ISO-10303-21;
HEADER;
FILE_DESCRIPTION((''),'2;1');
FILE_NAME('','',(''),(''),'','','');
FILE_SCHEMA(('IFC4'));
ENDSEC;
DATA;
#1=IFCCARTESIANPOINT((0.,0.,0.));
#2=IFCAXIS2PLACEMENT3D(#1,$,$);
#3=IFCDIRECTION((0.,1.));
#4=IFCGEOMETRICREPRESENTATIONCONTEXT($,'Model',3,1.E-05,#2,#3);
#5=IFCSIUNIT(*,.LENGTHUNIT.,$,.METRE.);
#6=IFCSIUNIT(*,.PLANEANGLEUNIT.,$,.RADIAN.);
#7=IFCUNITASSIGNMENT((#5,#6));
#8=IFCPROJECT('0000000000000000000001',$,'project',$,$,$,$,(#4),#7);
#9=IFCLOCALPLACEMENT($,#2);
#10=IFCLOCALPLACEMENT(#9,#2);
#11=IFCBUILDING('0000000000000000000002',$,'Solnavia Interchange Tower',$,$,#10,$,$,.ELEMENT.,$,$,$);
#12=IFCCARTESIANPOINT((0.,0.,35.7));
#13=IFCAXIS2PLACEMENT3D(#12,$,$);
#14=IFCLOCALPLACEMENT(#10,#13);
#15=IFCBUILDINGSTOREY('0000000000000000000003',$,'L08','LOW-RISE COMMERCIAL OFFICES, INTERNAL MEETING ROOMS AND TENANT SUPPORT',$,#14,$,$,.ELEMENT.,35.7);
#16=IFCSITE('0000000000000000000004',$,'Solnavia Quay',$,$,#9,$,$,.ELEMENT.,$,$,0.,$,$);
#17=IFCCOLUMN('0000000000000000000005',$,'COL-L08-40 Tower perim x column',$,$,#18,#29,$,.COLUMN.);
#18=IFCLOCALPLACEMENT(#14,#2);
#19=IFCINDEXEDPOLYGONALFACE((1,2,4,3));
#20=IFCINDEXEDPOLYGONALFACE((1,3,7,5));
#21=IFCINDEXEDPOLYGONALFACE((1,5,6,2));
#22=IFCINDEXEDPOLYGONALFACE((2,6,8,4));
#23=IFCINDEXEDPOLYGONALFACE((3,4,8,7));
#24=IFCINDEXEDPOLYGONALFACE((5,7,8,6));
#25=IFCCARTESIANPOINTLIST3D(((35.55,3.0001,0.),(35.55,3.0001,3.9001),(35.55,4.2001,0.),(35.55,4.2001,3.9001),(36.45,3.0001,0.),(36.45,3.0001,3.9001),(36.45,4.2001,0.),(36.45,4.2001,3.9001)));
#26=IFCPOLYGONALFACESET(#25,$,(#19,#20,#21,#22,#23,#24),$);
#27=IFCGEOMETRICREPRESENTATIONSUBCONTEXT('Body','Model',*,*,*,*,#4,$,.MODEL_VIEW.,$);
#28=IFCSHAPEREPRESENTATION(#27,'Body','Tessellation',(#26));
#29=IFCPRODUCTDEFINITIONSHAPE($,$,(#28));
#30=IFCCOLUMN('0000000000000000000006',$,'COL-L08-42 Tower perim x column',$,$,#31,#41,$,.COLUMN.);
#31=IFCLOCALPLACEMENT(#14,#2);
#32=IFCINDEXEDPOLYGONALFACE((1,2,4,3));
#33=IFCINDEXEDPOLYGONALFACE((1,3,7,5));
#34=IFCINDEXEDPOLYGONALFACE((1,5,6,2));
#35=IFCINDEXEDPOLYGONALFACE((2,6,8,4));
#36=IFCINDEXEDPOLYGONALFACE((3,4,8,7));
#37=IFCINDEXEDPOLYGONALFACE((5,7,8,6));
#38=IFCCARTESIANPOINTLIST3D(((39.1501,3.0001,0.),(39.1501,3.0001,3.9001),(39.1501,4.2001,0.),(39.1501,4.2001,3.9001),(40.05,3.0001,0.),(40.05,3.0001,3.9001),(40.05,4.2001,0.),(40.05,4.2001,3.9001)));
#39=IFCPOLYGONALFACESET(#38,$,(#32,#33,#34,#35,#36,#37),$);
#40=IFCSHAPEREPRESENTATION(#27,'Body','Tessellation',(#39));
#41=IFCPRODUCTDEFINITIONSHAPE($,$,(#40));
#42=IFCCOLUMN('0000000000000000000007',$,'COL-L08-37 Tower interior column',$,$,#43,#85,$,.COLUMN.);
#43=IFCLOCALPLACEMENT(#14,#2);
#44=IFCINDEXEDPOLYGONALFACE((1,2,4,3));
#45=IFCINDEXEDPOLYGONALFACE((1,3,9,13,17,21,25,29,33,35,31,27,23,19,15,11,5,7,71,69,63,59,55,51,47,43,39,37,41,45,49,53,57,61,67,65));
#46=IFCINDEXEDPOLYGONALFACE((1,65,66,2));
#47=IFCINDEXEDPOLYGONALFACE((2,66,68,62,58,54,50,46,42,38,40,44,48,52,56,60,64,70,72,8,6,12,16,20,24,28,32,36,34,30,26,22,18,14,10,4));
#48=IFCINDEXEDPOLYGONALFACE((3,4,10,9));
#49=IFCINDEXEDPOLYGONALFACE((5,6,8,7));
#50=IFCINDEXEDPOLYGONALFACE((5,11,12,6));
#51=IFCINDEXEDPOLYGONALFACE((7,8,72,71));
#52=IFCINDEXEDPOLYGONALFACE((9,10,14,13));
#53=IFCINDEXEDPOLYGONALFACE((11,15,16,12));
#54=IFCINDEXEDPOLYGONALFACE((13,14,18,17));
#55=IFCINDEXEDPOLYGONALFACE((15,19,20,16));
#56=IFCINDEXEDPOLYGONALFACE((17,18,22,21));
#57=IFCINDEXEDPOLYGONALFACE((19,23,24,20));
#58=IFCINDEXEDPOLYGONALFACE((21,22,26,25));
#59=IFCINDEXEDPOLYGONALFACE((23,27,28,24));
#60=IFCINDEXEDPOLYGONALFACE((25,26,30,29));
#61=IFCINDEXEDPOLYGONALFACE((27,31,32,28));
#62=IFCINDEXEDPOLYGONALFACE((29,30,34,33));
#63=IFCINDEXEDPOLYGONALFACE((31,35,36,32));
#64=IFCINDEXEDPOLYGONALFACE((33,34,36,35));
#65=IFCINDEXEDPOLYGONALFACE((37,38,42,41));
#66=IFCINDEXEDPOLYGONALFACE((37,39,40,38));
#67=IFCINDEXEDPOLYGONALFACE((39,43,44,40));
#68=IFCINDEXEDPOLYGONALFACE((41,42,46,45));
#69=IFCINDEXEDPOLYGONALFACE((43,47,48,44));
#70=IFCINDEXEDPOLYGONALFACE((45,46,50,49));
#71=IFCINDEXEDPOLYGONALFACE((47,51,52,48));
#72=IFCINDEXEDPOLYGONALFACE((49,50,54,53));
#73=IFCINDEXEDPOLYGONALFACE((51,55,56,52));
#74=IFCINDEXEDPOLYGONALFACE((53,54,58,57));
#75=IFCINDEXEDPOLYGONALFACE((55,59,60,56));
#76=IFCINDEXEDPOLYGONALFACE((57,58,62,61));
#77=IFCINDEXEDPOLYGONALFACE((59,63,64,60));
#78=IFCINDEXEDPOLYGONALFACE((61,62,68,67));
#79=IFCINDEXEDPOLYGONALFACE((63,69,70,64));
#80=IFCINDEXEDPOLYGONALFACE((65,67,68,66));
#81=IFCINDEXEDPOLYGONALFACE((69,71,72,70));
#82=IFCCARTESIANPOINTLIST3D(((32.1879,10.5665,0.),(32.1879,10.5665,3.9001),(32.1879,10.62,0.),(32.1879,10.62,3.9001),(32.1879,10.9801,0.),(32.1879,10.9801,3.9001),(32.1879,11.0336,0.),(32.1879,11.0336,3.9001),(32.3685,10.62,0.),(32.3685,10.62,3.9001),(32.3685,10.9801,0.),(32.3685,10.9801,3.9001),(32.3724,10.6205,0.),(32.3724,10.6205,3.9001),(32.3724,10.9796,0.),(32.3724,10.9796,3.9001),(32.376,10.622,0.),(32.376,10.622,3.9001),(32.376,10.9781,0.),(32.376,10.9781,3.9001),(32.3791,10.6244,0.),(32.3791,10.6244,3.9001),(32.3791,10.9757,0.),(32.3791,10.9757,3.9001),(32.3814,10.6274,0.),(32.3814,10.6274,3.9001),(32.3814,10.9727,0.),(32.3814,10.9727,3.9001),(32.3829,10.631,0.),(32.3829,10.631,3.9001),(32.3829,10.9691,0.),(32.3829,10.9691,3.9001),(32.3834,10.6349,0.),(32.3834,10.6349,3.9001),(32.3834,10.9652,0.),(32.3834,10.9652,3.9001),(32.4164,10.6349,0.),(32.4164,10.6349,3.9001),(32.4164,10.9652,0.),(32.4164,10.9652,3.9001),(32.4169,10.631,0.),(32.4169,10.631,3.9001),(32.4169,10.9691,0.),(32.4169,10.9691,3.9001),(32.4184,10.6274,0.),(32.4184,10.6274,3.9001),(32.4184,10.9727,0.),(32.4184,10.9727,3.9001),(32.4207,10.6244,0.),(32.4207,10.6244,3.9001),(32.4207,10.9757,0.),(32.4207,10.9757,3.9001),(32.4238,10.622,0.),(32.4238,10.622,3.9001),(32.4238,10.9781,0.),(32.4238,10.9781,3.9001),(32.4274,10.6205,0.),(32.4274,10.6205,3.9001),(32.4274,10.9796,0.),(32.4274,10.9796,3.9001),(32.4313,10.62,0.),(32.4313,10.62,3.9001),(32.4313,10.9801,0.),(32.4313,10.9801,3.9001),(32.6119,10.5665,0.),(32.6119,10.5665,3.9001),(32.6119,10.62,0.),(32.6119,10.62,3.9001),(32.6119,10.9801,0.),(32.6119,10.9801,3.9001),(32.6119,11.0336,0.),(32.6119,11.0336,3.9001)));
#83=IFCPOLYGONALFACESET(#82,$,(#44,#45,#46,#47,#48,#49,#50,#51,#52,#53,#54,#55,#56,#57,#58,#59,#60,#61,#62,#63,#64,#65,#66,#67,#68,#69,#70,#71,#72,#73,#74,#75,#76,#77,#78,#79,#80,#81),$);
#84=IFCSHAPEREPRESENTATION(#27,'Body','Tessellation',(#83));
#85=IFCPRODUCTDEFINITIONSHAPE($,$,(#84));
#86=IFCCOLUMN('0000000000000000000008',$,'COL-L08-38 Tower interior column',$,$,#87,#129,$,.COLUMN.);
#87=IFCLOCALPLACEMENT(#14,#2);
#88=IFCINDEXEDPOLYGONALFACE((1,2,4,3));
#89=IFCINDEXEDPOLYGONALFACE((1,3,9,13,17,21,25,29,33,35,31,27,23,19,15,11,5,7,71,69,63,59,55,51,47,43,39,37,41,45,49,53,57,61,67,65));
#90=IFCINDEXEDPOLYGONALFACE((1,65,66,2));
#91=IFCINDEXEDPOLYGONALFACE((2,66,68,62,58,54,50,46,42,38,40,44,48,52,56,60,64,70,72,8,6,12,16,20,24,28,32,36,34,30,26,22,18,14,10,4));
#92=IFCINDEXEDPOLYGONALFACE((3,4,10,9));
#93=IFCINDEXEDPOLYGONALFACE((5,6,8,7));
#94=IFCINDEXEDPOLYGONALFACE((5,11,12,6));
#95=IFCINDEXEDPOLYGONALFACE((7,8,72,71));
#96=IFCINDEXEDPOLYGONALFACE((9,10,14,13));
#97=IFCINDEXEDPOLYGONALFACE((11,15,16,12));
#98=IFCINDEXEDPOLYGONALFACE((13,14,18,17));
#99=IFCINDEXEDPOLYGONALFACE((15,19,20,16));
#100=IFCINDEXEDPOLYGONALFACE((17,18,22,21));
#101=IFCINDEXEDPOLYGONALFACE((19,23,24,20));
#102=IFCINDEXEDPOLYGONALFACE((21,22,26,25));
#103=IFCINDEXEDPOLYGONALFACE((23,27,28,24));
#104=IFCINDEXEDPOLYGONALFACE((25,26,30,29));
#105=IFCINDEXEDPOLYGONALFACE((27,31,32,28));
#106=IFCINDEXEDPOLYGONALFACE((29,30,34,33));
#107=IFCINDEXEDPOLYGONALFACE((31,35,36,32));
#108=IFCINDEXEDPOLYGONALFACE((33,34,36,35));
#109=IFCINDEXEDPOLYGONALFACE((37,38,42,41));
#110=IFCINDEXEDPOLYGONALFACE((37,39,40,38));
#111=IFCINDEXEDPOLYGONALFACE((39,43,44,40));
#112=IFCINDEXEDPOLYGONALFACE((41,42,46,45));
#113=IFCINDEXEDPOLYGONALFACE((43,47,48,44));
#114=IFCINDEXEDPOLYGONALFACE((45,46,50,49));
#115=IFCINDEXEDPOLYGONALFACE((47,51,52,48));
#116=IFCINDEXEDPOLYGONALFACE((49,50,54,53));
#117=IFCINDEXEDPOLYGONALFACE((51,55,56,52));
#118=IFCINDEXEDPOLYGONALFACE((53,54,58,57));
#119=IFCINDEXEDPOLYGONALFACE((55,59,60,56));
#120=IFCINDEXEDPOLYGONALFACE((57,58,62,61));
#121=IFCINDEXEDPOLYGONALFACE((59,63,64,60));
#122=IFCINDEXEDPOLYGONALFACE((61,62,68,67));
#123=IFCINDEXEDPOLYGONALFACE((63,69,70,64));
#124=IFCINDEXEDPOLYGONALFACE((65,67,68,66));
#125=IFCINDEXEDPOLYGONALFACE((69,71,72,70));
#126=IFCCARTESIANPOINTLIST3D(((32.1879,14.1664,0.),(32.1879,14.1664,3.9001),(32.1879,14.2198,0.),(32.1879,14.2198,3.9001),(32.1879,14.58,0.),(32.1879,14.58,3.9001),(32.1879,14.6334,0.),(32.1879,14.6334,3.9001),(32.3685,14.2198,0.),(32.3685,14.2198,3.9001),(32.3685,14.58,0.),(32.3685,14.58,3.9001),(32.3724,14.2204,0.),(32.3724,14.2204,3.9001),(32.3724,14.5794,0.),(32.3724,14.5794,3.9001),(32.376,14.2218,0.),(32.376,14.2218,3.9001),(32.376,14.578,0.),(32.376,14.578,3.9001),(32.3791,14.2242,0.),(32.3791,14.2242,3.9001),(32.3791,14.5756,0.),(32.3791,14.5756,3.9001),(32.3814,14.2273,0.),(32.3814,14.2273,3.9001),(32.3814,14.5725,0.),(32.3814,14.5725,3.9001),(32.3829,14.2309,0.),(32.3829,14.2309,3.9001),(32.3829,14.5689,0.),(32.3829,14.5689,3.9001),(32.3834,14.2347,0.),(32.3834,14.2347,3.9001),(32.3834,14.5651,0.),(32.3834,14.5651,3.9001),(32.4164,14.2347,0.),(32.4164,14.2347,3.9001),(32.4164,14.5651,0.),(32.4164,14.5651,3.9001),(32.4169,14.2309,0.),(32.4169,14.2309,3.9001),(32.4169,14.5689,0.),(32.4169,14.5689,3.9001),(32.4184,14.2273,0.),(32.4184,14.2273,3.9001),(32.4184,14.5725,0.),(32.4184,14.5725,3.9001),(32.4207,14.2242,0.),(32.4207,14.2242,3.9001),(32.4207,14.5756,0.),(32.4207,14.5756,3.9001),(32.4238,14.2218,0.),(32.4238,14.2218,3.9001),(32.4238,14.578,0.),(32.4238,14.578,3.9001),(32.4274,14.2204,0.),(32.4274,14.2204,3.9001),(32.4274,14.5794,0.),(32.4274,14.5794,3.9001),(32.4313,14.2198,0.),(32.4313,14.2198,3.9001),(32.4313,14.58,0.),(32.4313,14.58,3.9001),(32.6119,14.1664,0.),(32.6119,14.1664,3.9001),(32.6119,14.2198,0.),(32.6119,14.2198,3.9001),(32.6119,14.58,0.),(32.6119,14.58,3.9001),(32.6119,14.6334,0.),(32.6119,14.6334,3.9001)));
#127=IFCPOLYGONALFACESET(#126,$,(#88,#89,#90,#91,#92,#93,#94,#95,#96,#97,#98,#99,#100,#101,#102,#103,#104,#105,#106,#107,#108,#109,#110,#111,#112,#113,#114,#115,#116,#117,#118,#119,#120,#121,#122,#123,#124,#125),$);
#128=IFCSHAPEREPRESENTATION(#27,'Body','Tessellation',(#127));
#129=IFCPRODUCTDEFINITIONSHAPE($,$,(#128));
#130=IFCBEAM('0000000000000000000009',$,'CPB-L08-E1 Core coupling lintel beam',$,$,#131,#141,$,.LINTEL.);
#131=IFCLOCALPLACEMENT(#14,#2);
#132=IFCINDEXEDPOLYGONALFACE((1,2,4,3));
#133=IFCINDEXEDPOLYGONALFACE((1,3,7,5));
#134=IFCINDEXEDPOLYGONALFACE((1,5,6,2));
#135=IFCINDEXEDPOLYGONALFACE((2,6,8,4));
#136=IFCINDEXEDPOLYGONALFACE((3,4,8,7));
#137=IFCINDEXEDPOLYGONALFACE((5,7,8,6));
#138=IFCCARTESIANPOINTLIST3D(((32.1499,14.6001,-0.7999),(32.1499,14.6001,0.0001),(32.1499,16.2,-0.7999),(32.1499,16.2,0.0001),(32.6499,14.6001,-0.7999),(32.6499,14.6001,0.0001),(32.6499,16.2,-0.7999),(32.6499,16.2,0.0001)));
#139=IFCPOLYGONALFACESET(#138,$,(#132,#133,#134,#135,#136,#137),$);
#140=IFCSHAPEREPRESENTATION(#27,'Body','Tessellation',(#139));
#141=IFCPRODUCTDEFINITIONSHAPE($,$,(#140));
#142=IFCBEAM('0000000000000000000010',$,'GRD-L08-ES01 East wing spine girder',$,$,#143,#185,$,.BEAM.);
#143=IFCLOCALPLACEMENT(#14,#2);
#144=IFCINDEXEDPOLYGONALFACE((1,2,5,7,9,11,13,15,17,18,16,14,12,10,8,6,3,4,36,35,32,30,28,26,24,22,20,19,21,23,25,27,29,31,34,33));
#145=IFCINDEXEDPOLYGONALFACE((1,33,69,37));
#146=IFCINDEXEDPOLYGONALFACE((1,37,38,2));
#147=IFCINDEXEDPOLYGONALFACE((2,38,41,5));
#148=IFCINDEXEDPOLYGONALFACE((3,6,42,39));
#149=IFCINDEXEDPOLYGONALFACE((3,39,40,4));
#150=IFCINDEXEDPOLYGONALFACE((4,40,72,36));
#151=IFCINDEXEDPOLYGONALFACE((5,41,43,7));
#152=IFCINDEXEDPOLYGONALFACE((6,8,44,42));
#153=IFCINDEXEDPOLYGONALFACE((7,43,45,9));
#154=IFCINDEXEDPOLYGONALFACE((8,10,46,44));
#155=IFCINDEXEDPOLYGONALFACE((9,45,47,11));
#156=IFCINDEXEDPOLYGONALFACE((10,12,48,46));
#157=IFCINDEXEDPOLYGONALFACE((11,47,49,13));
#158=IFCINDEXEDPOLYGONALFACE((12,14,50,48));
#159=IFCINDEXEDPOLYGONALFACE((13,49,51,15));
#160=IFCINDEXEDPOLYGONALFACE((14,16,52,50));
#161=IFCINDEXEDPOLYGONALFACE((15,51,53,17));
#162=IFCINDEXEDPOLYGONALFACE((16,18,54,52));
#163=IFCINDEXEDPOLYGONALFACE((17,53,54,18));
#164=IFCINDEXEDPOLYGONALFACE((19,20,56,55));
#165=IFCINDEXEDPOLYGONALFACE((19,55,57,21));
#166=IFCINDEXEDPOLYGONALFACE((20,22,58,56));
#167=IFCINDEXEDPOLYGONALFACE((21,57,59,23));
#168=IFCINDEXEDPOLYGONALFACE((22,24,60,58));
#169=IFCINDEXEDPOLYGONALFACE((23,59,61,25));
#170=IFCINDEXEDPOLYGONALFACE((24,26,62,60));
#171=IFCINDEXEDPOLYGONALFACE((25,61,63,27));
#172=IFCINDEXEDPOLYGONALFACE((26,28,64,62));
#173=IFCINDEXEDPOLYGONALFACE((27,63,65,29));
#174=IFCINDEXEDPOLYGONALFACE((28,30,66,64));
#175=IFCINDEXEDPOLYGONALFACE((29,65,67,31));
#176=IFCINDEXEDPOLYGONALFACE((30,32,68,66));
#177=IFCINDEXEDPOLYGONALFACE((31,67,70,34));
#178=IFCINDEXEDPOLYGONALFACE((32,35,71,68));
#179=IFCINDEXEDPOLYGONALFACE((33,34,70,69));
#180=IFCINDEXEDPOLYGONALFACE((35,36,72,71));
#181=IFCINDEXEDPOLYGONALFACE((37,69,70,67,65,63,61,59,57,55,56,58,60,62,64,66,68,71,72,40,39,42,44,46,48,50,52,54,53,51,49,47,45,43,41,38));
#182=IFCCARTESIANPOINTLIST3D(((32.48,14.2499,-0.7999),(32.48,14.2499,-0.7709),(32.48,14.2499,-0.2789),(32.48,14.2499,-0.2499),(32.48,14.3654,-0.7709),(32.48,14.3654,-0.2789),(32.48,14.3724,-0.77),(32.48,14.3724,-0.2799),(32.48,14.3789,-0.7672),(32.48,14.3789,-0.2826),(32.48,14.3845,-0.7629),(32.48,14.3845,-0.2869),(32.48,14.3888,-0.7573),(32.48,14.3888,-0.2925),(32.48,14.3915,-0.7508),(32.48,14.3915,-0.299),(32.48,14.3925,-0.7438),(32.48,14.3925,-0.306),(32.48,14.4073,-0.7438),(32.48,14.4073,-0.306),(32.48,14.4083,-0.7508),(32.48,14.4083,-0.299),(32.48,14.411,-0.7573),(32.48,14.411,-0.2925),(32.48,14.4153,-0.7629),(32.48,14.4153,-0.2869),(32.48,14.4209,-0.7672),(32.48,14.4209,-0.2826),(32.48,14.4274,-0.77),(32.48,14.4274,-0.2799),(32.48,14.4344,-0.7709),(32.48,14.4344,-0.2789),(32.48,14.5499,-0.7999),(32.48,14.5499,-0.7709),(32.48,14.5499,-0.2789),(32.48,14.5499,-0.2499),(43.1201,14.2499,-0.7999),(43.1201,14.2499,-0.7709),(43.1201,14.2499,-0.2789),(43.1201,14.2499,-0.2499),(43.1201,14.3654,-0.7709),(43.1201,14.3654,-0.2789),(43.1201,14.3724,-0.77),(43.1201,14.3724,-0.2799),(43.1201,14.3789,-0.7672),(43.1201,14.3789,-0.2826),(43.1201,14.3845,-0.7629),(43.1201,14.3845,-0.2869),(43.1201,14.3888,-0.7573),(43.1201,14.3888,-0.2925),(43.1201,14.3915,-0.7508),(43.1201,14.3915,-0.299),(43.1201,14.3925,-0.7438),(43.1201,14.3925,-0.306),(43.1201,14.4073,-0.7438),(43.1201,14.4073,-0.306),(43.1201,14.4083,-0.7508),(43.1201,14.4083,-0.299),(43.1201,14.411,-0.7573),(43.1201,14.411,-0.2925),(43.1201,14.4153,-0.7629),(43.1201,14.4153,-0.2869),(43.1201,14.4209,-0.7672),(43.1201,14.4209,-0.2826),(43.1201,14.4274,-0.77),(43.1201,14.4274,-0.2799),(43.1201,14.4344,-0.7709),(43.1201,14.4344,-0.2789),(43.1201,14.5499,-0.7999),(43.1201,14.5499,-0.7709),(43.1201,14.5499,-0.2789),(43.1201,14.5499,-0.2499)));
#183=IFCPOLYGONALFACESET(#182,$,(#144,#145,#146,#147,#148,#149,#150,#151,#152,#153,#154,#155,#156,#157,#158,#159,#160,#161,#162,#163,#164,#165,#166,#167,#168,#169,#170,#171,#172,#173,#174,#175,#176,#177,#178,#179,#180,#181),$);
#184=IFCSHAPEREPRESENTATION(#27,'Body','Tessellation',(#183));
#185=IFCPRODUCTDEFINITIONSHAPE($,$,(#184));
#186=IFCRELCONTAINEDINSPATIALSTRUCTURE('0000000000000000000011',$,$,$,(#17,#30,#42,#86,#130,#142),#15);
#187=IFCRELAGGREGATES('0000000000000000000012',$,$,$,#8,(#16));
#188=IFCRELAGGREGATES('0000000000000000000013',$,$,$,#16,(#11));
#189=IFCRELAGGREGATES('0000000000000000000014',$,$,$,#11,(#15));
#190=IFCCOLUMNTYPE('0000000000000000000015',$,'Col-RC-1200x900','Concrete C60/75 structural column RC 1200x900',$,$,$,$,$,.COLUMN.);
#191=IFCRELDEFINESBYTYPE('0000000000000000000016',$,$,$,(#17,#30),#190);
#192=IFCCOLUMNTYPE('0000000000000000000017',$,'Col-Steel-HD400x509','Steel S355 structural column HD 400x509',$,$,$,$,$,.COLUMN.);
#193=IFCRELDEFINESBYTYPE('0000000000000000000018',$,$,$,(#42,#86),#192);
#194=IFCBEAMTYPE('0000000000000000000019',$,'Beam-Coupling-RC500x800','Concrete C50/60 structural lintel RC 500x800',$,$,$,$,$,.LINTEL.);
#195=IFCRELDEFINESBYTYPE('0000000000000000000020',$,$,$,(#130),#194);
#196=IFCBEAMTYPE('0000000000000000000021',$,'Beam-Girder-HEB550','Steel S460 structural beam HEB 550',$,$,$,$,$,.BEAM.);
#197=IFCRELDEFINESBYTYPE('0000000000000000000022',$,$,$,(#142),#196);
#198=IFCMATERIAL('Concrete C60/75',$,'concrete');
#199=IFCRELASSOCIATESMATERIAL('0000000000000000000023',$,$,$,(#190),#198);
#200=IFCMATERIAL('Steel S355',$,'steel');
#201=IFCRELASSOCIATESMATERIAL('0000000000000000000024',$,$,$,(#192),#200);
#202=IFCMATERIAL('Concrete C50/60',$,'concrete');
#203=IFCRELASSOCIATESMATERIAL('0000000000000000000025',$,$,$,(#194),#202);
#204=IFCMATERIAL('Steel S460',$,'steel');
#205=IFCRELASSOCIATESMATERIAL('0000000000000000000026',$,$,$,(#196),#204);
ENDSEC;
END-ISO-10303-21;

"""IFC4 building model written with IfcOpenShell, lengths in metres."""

from ifc_helpers import new_model, si_unit, direction, frame, origin, origin_2d, place, context, subcontext, project, spatial, rectangle, i_section, extrude, material, material_profile, profile_set, type_object, element, save


model = new_model("IFC4")

# Units and contexts
model_context = context("Model", 3, precision=1e-05, world=origin(), true_north=direction((0.0, 1.0)))
body_context = subcontext(model_context, "Body", "Model", "MODEL_VIEW")
ifc_project = project(units=[si_unit("LENGTHUNIT", "METRE"), si_unit("PLANEANGLEUNIT", "RADIAN")], contexts=[model_context])

# Site, building, storey
site_placement = place(None, origin())
site = spatial("IfcSite", under=ifc_project, at=site_placement, Name="Solnavia Quay", CompositionType="ELEMENT", RefElevation=0.0)
building_placement = place(site_placement, origin())
building = spatial("IfcBuilding", under=site, at=building_placement, Name="Solnavia Interchange Tower", CompositionType="ELEMENT")
storey_placement = place(building_placement, frame((0.0, 0.0, 35.7)))
storey = spatial("IfcBuildingStorey", under=building, at=storey_placement, Name="L08", Description="LOW-RISE COMMERCIAL OFFICES, INTERNAL MEETING ROOMS AND TENANT SUPPORT", CompositionType="ELEMENT", Elevation=35.7)

# Columns
ifc_material_1 = material(Name="Concrete C60/75", Category="concrete")
ifc_material_profile_1 = material_profile(ifc_material_1, rectangle(XDim=0.8999, YDim=1.2, at=origin_2d()), Name="RC 1200x900")
ifc_profile_set_1 = profile_set([ifc_material_profile_1], Name="Concrete C60/75")
column_type_1 = type_object("IfcColumnType", Name="Col-RC-1200x900", Description="Concrete C60/75 structural column RC 1200x900", PredefinedType="COLUMN", material=ifc_profile_set_1)
for number, where, z_axis, x_axis, name in (
    (1, (36.0, 3.6001, 0.0), (0.0, 0.0, 1.0), (1.0, 0.0, 0.0), "COL-L08-40 Tower perim x column"),
    (2, (39.6001, 3.6001, 0.0), (0.0, 0.0, 1.0), (1.0, 0.0, 0.0), "COL-L08-42 Tower perim x column"),
):
    element("IfcColumn", number, at=place(storey_placement, frame(where, z_axis=z_axis, x_axis=x_axis)), inside=storey, type_object=column_type_1, Name=name, PredefinedType="COLUMN", context=body_context, shape_type="SweptSolid", body=[
        extrude(rectangle(XDim=0.8999, YDim=1.2, at=origin_2d()), origin(), (0.0, 0.0, 1.0), 3.9001),
    ])
ifc_material_2 = material(Name="Steel S355", Category="steel")
ifc_material_profile_2 = material_profile(ifc_material_2, i_section(OverallWidth=0.4241, OverallDepth=0.467, WebThickness=0.033, FlangeThickness=0.0535, FilletRadius=0.0149, at=origin_2d()), Name="HD 400x509")
ifc_profile_set_2 = profile_set([ifc_material_profile_2], Name="Steel S355")
column_type_2 = type_object("IfcColumnType", Name="Col-Steel-HD400x509", Description="Steel S355 structural column HD 400x509", PredefinedType="COLUMN", material=ifc_profile_set_2)
for number, where, z_axis, x_axis, name in (
    (3, (32.3999, 10.8, 0.0), (0.0, 0.0, 1.0), (1.0, 0.0, 0.0), "COL-L08-37 Tower interior column"),
    (4, (32.3999, 14.3999, 0.0), (0.0, 0.0, 1.0), (1.0, 0.0, 0.0), "COL-L08-38 Tower interior column"),
):
    element("IfcColumn", number, at=place(storey_placement, frame(where, z_axis=z_axis, x_axis=x_axis)), inside=storey, type_object=column_type_2, Name=name, PredefinedType="COLUMN", context=body_context, shape_type="SweptSolid", body=[
        extrude(i_section(OverallWidth=0.4241, OverallDepth=0.467, WebThickness=0.033, FlangeThickness=0.0535, FilletRadius=0.0149, at=origin_2d()), origin(), (0.0, 0.0, 1.0), 3.9001),
    ])

# Beams
ifc_material_3 = material(Name="Concrete C50/60", Category="concrete")
ifc_material_profile_3 = material_profile(ifc_material_3, rectangle(XDim=0.5, YDim=0.8, at=origin_2d()), Name="RC 500x800")
ifc_profile_set_3 = profile_set([ifc_material_profile_3], Name="Concrete C50/60")
beam_type_1 = type_object("IfcBeamType", Name="Beam-Coupling-RC500x800", Description="Concrete C50/60 structural lintel RC 500x800", PredefinedType="LINTEL", material=ifc_profile_set_3)
beam_1_placement = place(storey_placement, frame((32.3999, 14.6001, -0.3999), z_axis=(0.0, 1.0, 0.0), x_axis=(-1.0, 0.0, 0.0)))
element("IfcBeam", 5, at=beam_1_placement, inside=storey, type_object=beam_type_1, Name="CPB-L08-E1 Core coupling lintel beam", PredefinedType="LINTEL", context=body_context, shape_type="SweptSolid", body=[
    extrude(rectangle(XDim=0.5, YDim=0.8, at=origin_2d()), origin(), (0.0, 0.0, 1.0), 1.5999),
])
ifc_material_4 = material(Name="Steel S460", Category="steel")
ifc_material_profile_4 = material_profile(ifc_material_4, i_section(OverallWidth=0.3, OverallDepth=0.55, WebThickness=0.0149, FlangeThickness=0.0291, FilletRadius=0.0271, at=origin_2d()), Name="HEB 550")
ifc_profile_set_4 = profile_set([ifc_material_profile_4], Name="Steel S460")
beam_type_2 = type_object("IfcBeamType", Name="Beam-Girder-HEB550", Description="Steel S460 structural beam HEB 550", PredefinedType="BEAM", material=ifc_profile_set_4)
beam_2_placement = place(storey_placement, frame((32.48, 14.3999, -0.5249), z_axis=(1.0, 0.0, 0.0), x_axis=(0.0, 1.0, 0.0)))
element("IfcBeam", 6, at=beam_2_placement, inside=storey, type_object=beam_type_2, Name="GRD-L08-ES01 East wing spine girder", PredefinedType="BEAM", context=body_context, shape_type="SweptSolid", body=[
    extrude(i_section(OverallWidth=0.3, OverallDepth=0.55, WebThickness=0.0149, FlangeThickness=0.0291, FilletRadius=0.0271, at=origin_2d()), origin(), (0.0, 0.0, 1.0), 10.6401),
])

save(model, "model.ifc")
